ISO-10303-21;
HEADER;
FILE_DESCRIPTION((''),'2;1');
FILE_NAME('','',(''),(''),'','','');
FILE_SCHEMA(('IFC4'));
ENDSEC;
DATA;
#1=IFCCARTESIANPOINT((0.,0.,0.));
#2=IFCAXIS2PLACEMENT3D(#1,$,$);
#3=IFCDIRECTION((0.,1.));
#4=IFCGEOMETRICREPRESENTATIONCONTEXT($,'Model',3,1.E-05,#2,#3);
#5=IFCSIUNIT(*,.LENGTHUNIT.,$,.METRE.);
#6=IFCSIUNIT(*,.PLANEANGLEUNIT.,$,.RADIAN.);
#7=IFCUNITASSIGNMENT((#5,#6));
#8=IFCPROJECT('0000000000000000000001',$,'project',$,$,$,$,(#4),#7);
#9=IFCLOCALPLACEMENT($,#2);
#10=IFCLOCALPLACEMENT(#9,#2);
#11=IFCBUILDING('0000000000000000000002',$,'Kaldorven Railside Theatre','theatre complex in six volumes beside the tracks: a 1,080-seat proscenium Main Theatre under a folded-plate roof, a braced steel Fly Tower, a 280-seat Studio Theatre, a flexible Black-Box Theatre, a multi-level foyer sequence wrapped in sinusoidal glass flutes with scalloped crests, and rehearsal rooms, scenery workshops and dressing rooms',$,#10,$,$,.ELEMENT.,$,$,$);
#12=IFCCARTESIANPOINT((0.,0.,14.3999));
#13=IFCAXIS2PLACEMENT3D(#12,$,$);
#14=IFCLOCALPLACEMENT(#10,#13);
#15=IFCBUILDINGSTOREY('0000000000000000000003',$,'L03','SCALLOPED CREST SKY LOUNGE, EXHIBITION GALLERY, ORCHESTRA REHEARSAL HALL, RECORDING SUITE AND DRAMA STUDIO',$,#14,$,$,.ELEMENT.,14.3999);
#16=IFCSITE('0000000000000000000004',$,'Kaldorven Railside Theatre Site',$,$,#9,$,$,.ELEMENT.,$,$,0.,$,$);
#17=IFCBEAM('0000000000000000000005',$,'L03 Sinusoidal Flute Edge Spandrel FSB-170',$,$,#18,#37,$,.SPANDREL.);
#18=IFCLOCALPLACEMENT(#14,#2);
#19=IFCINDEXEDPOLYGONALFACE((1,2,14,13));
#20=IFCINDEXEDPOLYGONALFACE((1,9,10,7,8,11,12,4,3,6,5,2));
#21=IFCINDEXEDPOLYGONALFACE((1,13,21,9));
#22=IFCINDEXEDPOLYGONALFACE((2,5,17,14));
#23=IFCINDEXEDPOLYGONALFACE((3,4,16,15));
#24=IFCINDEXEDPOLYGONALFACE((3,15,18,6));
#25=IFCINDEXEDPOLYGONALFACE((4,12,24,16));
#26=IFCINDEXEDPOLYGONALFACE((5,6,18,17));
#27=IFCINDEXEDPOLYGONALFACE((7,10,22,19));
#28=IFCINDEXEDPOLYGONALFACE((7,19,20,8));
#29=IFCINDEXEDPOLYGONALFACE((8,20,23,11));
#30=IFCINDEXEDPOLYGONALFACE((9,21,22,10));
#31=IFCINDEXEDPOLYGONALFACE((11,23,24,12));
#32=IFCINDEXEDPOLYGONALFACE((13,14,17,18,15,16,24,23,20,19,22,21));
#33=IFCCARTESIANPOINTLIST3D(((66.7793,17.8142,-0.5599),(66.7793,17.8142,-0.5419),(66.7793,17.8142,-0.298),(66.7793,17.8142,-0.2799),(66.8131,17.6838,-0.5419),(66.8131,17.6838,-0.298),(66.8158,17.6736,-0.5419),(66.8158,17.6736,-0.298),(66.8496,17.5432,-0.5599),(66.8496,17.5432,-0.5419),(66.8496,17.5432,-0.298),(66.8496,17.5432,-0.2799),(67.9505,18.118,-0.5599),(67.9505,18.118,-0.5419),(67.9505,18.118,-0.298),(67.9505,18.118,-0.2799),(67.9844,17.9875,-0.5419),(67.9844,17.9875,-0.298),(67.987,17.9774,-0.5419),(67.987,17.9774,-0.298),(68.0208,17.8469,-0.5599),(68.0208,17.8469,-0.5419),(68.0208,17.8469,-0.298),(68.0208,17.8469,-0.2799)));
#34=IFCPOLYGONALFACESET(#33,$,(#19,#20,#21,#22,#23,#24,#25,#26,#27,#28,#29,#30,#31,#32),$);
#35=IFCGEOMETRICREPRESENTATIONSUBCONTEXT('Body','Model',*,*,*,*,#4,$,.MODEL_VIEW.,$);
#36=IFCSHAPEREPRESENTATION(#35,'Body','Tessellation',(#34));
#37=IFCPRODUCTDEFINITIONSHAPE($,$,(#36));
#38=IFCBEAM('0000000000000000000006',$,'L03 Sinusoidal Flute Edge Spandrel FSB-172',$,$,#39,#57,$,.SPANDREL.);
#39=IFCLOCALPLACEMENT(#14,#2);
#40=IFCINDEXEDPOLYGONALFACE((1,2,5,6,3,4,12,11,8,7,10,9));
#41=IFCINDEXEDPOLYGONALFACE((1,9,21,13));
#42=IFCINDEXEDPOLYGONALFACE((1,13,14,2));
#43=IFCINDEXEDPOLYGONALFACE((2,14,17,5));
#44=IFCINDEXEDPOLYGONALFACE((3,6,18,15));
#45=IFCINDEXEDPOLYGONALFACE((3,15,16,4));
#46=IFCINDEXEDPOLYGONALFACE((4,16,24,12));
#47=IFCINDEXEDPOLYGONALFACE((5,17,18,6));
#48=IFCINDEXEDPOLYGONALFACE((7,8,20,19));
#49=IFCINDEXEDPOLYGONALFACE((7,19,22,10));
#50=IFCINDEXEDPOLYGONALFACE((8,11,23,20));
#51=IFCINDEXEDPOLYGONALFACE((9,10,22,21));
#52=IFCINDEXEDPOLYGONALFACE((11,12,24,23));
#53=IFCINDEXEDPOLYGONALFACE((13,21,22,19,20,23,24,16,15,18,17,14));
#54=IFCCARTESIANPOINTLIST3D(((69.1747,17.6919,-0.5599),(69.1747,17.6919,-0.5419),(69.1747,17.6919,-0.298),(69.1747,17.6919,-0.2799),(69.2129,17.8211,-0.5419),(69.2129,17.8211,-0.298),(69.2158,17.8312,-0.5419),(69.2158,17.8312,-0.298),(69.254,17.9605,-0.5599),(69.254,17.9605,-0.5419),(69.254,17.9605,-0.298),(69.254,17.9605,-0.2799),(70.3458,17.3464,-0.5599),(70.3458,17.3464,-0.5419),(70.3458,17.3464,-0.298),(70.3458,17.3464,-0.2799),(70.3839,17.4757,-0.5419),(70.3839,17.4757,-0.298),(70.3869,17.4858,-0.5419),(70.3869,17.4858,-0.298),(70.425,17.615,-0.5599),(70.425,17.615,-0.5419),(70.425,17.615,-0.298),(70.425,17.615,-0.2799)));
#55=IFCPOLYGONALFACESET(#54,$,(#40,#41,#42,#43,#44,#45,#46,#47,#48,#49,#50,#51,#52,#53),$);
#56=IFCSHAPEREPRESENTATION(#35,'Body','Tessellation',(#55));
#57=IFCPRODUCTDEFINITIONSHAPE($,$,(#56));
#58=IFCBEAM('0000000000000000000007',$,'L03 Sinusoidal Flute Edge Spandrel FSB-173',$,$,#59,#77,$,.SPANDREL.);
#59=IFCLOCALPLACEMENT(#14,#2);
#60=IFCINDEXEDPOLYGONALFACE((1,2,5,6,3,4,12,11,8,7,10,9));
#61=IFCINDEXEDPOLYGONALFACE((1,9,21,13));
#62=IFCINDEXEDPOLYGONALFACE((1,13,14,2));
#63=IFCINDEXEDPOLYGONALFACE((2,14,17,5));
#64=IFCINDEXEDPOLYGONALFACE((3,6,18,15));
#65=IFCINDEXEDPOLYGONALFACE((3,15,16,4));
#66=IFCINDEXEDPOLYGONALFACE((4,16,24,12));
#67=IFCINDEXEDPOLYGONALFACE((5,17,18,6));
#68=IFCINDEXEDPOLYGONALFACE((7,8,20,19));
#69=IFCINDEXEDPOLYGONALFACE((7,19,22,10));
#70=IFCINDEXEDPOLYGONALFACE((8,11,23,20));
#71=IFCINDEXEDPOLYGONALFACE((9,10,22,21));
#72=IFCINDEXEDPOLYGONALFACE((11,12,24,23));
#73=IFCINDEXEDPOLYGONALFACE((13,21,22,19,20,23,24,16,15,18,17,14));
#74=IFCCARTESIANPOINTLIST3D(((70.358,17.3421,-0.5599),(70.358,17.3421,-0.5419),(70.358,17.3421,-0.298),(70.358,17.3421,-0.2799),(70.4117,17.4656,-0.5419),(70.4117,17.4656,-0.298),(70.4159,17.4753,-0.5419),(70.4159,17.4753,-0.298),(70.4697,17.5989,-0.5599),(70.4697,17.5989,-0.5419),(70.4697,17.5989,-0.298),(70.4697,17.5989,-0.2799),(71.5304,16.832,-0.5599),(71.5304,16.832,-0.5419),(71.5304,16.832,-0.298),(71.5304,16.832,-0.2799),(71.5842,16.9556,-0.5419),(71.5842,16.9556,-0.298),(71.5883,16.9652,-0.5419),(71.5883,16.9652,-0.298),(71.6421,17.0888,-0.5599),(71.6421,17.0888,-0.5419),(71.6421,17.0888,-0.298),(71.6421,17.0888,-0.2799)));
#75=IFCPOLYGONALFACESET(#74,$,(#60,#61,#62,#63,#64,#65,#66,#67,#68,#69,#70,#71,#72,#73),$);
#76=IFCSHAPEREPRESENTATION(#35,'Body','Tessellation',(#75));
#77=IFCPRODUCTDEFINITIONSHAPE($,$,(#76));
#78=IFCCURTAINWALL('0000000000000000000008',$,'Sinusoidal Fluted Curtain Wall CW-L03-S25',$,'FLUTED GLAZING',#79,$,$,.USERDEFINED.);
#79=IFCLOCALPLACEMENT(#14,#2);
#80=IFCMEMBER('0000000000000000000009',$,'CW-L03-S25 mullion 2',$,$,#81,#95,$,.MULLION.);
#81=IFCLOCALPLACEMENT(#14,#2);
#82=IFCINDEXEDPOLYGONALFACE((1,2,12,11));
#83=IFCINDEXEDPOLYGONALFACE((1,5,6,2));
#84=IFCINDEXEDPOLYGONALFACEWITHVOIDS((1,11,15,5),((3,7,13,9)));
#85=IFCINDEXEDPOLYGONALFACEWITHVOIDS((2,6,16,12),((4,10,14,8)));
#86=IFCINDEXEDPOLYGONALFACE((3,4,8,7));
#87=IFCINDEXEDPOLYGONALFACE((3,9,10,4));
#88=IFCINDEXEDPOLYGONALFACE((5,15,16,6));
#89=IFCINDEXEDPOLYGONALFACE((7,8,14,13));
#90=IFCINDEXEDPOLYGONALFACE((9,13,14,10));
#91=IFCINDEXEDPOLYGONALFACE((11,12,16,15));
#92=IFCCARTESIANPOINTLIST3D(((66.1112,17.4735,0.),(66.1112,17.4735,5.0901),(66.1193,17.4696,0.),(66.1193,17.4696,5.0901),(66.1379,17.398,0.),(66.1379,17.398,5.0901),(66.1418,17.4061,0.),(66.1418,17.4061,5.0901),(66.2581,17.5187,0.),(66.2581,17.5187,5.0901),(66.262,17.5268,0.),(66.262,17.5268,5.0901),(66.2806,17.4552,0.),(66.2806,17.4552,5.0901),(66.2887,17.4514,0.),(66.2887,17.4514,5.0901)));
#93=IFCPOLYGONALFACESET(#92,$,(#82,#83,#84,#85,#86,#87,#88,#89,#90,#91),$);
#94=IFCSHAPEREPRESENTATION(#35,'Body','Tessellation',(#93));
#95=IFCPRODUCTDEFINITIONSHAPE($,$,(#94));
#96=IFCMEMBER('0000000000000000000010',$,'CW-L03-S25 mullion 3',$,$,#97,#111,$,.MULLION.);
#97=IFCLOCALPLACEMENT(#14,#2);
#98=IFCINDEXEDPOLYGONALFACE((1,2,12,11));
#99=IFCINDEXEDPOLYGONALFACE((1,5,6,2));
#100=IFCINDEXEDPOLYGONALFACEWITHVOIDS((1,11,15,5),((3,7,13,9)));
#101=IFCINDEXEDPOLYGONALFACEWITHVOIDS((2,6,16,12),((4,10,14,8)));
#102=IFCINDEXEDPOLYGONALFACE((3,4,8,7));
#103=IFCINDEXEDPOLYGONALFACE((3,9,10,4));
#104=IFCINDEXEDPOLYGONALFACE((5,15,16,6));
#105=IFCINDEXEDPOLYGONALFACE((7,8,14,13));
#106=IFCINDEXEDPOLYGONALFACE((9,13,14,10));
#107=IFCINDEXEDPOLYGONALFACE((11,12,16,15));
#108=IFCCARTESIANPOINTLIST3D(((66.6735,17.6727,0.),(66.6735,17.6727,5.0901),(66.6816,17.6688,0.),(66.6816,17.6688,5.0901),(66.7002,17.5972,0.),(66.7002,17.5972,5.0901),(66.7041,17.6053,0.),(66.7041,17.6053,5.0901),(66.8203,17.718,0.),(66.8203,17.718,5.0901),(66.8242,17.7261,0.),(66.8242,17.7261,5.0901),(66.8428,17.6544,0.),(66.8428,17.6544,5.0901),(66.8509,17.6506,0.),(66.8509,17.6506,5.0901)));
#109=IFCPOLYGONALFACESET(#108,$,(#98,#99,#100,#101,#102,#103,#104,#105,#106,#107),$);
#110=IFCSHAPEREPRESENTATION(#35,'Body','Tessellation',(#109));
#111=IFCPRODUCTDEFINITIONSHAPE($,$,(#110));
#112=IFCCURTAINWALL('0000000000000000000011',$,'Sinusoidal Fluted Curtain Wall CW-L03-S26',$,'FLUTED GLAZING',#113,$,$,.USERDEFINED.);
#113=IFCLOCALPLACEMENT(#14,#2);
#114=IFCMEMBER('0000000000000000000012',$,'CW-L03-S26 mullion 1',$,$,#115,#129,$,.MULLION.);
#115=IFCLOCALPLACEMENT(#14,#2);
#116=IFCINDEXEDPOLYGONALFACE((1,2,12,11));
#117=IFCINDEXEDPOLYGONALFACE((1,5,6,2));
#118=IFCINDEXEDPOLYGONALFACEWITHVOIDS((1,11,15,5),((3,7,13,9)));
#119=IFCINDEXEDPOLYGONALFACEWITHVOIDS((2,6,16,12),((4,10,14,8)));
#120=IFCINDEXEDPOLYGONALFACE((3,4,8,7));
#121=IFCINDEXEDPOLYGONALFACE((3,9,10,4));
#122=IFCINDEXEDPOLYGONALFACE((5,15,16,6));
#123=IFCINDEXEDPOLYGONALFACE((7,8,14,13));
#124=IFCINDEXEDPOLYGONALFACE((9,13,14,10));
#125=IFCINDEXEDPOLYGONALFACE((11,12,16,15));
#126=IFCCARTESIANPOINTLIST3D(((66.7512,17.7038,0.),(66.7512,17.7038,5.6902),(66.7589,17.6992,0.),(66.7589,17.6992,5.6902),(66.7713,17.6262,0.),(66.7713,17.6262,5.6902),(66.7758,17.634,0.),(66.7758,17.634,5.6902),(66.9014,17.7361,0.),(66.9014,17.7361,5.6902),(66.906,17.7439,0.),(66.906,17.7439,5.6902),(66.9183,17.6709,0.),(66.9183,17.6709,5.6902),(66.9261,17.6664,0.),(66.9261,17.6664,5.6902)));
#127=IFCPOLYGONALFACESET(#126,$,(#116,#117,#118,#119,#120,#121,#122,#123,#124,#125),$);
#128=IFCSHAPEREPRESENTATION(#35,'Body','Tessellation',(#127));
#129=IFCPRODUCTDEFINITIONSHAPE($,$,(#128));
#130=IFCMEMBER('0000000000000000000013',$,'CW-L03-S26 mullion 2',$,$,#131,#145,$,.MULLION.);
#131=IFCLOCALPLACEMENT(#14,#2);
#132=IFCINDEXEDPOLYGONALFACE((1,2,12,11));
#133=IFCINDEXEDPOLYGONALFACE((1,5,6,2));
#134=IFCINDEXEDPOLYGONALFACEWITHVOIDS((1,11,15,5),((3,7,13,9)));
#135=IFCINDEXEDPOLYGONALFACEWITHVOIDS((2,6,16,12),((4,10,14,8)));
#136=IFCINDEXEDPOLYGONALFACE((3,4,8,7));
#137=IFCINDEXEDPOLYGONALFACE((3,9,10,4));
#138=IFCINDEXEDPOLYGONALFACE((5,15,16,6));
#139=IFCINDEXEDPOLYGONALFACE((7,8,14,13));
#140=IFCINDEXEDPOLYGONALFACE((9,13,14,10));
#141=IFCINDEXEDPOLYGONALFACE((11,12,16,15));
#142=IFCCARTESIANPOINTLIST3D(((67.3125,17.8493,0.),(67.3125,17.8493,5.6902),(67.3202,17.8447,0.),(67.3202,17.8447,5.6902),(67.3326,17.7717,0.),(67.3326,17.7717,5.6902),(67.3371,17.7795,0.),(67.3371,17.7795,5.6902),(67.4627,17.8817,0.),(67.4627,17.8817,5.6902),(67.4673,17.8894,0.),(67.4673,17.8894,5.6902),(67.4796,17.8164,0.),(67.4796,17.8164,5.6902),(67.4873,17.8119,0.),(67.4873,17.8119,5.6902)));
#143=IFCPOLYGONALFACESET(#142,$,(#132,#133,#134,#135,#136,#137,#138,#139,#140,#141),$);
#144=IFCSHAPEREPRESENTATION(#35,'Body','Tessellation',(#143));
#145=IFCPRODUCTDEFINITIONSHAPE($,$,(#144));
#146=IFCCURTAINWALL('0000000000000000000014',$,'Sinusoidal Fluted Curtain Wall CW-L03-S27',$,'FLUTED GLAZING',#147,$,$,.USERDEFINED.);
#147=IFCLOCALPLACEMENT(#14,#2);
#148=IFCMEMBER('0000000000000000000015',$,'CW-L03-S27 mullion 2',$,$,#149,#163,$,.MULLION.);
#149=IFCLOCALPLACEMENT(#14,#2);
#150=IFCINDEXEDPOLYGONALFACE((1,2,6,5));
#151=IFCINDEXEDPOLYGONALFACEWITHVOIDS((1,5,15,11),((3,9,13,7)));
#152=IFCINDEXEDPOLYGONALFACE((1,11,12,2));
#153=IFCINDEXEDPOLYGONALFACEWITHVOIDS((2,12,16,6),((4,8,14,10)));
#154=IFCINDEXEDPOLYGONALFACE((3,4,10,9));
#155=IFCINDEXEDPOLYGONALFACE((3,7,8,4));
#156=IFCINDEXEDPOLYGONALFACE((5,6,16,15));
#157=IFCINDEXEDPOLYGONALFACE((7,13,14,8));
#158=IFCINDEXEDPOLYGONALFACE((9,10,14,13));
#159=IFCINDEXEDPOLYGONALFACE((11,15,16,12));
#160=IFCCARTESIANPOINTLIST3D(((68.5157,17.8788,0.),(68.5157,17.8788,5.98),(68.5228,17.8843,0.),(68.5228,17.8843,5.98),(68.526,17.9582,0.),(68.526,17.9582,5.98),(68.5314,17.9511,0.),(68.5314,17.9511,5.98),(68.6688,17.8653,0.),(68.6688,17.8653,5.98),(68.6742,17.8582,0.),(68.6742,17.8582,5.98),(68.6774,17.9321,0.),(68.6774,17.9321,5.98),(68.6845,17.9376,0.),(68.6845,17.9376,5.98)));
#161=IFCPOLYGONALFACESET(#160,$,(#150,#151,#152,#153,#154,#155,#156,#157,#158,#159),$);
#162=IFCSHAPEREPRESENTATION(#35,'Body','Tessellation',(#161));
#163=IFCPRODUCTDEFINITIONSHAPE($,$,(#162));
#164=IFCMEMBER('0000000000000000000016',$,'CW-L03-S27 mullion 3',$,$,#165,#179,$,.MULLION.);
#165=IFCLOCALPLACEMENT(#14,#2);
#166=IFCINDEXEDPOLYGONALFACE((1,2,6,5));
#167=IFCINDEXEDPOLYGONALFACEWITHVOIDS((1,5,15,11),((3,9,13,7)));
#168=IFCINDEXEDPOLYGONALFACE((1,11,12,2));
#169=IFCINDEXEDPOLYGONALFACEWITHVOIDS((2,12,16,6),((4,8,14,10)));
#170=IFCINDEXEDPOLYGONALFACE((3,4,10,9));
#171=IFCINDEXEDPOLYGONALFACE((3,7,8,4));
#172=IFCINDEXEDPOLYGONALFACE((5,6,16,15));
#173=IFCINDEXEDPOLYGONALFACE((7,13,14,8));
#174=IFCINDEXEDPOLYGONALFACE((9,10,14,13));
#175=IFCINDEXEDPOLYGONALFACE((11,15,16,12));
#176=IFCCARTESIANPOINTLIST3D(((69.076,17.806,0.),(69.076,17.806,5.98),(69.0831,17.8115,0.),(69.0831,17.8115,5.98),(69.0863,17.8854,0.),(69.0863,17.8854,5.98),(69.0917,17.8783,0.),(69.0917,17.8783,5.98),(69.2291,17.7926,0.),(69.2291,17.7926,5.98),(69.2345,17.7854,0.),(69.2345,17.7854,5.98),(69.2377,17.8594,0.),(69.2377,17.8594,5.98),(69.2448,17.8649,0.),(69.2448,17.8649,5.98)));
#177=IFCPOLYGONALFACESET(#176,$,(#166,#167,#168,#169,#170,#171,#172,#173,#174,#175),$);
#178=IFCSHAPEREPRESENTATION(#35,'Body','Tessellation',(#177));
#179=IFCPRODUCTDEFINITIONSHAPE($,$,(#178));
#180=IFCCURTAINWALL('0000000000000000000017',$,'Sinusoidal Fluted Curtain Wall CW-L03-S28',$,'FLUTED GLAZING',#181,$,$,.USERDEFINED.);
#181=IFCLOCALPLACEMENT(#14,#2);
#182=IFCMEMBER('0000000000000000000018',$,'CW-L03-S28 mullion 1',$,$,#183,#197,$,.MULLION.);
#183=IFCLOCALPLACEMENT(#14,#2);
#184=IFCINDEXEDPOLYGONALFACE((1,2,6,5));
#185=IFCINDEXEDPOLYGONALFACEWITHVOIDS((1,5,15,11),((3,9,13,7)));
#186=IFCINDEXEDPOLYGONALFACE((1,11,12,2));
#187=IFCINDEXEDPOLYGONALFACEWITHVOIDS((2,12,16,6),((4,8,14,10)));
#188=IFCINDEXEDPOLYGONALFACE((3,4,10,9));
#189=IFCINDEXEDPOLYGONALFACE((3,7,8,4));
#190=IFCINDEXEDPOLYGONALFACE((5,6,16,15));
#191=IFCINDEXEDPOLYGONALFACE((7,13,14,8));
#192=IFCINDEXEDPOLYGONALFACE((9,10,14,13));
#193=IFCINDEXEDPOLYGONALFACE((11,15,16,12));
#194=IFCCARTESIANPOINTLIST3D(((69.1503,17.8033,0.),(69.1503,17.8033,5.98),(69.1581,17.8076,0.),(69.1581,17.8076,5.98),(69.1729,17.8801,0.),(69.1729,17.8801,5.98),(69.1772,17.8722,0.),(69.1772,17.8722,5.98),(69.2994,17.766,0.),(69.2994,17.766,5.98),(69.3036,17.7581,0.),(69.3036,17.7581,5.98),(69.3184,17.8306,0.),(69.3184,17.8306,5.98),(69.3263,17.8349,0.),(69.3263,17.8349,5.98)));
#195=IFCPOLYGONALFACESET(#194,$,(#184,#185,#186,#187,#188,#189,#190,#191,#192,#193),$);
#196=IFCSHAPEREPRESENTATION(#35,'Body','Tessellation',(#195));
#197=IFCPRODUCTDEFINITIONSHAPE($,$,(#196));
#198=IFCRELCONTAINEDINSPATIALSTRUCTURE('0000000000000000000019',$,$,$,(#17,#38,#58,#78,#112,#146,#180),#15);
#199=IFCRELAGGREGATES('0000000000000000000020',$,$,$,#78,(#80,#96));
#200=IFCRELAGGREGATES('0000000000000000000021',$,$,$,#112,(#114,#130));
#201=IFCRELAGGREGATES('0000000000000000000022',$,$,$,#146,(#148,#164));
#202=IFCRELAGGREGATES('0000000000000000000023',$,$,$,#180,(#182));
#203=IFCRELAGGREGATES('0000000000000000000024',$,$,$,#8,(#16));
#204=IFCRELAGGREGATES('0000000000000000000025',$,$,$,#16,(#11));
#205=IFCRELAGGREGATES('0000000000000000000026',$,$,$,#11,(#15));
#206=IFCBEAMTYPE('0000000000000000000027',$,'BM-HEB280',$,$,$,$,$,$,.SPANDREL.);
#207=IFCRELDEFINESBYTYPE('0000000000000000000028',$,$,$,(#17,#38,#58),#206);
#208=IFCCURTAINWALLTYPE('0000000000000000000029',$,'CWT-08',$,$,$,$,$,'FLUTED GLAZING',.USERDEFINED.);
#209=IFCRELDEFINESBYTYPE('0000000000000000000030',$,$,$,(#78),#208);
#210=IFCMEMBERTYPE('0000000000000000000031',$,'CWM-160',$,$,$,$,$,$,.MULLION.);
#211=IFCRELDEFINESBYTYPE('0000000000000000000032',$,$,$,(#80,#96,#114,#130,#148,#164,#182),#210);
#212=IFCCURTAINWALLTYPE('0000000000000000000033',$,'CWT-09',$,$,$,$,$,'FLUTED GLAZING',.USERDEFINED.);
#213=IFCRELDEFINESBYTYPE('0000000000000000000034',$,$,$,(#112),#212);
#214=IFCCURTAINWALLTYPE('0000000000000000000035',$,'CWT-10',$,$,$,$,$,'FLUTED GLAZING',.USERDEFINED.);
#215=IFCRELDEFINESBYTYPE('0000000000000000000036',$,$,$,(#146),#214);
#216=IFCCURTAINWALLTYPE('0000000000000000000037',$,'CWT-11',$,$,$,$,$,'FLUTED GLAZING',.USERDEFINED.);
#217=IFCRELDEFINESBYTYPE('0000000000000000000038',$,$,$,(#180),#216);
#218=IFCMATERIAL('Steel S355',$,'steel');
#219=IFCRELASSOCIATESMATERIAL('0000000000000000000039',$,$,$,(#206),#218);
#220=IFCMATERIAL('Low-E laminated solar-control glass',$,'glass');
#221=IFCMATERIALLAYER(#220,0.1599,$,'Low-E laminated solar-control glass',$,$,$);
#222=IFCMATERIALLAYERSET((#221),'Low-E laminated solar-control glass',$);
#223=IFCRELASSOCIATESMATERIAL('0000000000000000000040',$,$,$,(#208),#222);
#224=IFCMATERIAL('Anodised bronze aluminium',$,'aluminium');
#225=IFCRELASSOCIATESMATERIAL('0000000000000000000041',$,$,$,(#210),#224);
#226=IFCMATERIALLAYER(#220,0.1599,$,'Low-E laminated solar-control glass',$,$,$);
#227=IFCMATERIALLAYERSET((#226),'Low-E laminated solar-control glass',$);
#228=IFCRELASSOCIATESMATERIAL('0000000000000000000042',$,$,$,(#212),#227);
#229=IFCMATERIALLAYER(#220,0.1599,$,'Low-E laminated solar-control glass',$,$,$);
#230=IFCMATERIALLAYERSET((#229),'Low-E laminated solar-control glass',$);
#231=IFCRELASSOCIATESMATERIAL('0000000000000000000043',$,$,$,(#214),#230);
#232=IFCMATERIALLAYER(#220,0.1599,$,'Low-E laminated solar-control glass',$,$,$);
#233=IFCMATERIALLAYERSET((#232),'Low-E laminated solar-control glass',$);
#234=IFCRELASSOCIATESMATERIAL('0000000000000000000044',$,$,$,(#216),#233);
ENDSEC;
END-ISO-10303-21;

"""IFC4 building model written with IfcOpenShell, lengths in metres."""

from ifc_helpers import new_model, si_unit, direction, frame, origin, origin_2d, place, context, subcontext, project, spatial, hollow_rectangle, i_section, extrude, material, layer, layer_set, material_profile, profile_set, type_object, element, aggregate, save


model = new_model("IFC4")

# Units and contexts
model_context = context("Model", 3, precision=1e-05, world=origin(), true_north=direction((0.0, 1.0)))
body_context = subcontext(model_context, "Body", "Model", "MODEL_VIEW")
ifc_project = project(units=[si_unit("LENGTHUNIT", "METRE"), si_unit("PLANEANGLEUNIT", "RADIAN")], contexts=[model_context])

# Site, building, storey
site_placement = place(None, origin())
site = spatial("IfcSite", under=ifc_project, at=site_placement, Name="Kaldorven Railside Theatre Site", CompositionType="ELEMENT", RefElevation=0.0)
building_placement = place(site_placement, origin())
building = spatial("IfcBuilding", under=site, at=building_placement, Name="Kaldorven Railside Theatre", Description="theatre complex in six volumes beside the tracks: a 1,080-seat proscenium Main Theatre under a folded-plate roof, a braced steel Fly Tower, a 280-seat Studio Theatre, a flexible Black-Box Theatre, a multi-level foyer sequence wrapped in sinusoidal glass flutes with scalloped crests, and rehearsal rooms, scenery workshops and dressing rooms", CompositionType="ELEMENT")
storey_placement = place(building_placement, frame((0.0, 0.0, 14.3999)))
storey = spatial("IfcBuildingStorey", under=building, at=storey_placement, Name="L03", Description="SCALLOPED CREST SKY LOUNGE, EXHIBITION GALLERY, ORCHESTRA REHEARSAL HALL, RECORDING SUITE AND DRAMA STUDIO", CompositionType="ELEMENT", Elevation=14.3999)

# Beams
ifc_material_1 = material(Name="Steel S355", Category="steel")
ifc_material_profile_1 = material_profile(ifc_material_1, i_section(OverallWidth=0.28, OverallDepth=0.28, WebThickness=0.0105, FlangeThickness=0.0181, at=origin_2d()), Name="HEB 280")
ifc_profile_set_1 = profile_set([ifc_material_profile_1], Name="Steel S355")
beam_type = type_object("IfcBeamType", Name="BM-HEB280", PredefinedType="SPANDREL", material=ifc_profile_set_1)
beam_1_placement = place(storey_placement, frame((66.8145, 17.6787, -0.4199), z_axis=(0.967981, 0.251025, 0.0), x_axis=(-0.251025, 0.967981, 0.0)))
element("IfcBeam", 1, at=beam_1_placement, inside=storey, type_object=beam_type, Name="L03 Sinusoidal Flute Edge Spandrel FSB-170", PredefinedType="SPANDREL", context=body_context, shape_type="SweptSolid", body=[
    extrude(i_section(OverallWidth=0.28, OverallDepth=0.28, WebThickness=0.0105, FlangeThickness=0.0181, at=origin_2d()), origin(), (0.0, 0.0, 1.0), 1.21),
])
beam_2_placement = place(storey_placement, frame((69.2144, 17.8262, -0.4199), z_axis=(0.959142, -0.282924, 0.0), x_axis=(0.282924, 0.959142, 0.0)))
element("IfcBeam", 2, at=beam_2_placement, inside=storey, type_object=beam_type, Name="L03 Sinusoidal Flute Edge Spandrel FSB-172", PredefinedType="SPANDREL", context=body_context, shape_type="SweptSolid", body=[
    extrude(i_section(OverallWidth=0.28, OverallDepth=0.28, WebThickness=0.0105, FlangeThickness=0.0181, at=origin_2d()), origin(), (0.0, 0.0, 1.0), 1.2209),
])
beam_3_placement = place(storey_placement, frame((70.4138, 17.4705, -0.4199), z_axis=(0.916988, -0.398915, 0.0), x_axis=(0.398915, 0.916988, 0.0)))
element("IfcBeam", 3, at=beam_3_placement, inside=storey, type_object=beam_type, Name="L03 Sinusoidal Flute Edge Spandrel FSB-173", PredefinedType="SPANDREL", context=body_context, shape_type="SweptSolid", body=[
    extrude(i_section(OverallWidth=0.28, OverallDepth=0.28, WebThickness=0.0105, FlangeThickness=0.0181, at=origin_2d()), origin(), (0.0, 0.0, 1.0), 1.2786),
])

# Curtain walls, members
ifc_material_2 = material(Name="Low-E laminated solar-control glass", Category="glass")
ifc_layer_1 = layer(ifc_material_2, 0.1599, Name="Low-E laminated solar-control glass")
ifc_layer_set_1 = layer_set([ifc_layer_1], Name="Low-E laminated solar-control glass")
curtain_wall_type_1 = type_object("IfcCurtainWallType", Name="CWT-08", ElementType="FLUTED GLAZING", PredefinedType="USERDEFINED", material=ifc_layer_set_1)
curtain_wall_1_placement = place(storey_placement, origin())
curtain_wall_1 = element("IfcCurtainWall", 4, at=curtain_wall_1_placement, inside=storey, type_object=curtain_wall_type_1, Name="Sinusoidal Fluted Curtain Wall CW-L03-S25", ObjectType="FLUTED GLAZING", PredefinedType="USERDEFINED")
ifc_material_3 = material(Name="Anodised bronze aluminium", Category="aluminium")
ifc_material_profile_2 = material_profile(ifc_material_3, hollow_rectangle(XDim=0.0801, YDim=0.1599, WallThickness=0.0063, at=origin_2d()), Name="RHS 160x80x6.3")
ifc_profile_set_2 = profile_set([ifc_material_profile_2], Name="Anodised bronze aluminium")
member_type_1 = type_object("IfcMemberType", Name="CWM-160", PredefinedType="MULLION", material=ifc_profile_set_2)
member_1_placement = place(storey_placement, frame((66.2, 17.4624, 0.0), z_axis=(0.0, 0.0, 1.0), x_axis=(-0.333847, 0.942627, 0.0)))
member_1 = element("IfcMember", 5, at=member_1_placement, type_object=member_type_1, Name="CW-L03-S25 mullion 2", PredefinedType="MULLION", context=body_context, shape_type="SweptSolid", body=[
    extrude(hollow_rectangle(XDim=0.0801, YDim=0.1599, WallThickness=0.0063, at=origin_2d()), origin(), (0.0, 0.0, 1.0), 5.0901),
])
member_2_placement = place(storey_placement, frame((66.7622, 17.6616, 0.0), z_axis=(0.0, 0.0, 1.0), x_axis=(-0.333847, 0.942627, 0.0)))
member_2 = element("IfcMember", 6, at=member_2_placement, type_object=member_type_1, Name="CW-L03-S25 mullion 3", PredefinedType="MULLION", context=body_context, shape_type="SweptSolid", body=[
    extrude(hollow_rectangle(XDim=0.0801, YDim=0.1599, WallThickness=0.0063, at=origin_2d()), origin(), (0.0, 0.0, 1.0), 5.0901),
])
ifc_layer_2 = layer(ifc_material_2, 0.1599, Name="Low-E laminated solar-control glass")
ifc_layer_set_2 = layer_set([ifc_layer_2], Name="Low-E laminated solar-control glass")
curtain_wall_type_2 = type_object("IfcCurtainWallType", Name="CWT-09", ElementType="FLUTED GLAZING", PredefinedType="USERDEFINED", material=ifc_layer_set_2)
curtain_wall_2_placement = place(storey_placement, origin())
curtain_wall_2 = element("IfcCurtainWall", 7, at=curtain_wall_2_placement, inside=storey, type_object=curtain_wall_type_2, Name="Sinusoidal Fluted Curtain Wall CW-L03-S26", ObjectType="FLUTED GLAZING", PredefinedType="USERDEFINED")
member_3_placement = place(storey_placement, frame((66.8386, 17.6851, 0.0), z_axis=(0.0, 0.0, 1.0), x_axis=(-0.250954, 0.967999, 0.0)))
member_3 = element("IfcMember", 8, at=member_3_placement, type_object=member_type_1, Name="CW-L03-S26 mullion 1", PredefinedType="MULLION", context=body_context, shape_type="SweptSolid", body=[
    extrude(hollow_rectangle(XDim=0.0801, YDim=0.1599, WallThickness=0.0063, at=origin_2d()), origin(), (0.0, 0.0, 1.0), 5.6902),
])
member_4_placement = place(storey_placement, frame((67.3999, 17.8306, 0.0), z_axis=(0.0, 0.0, 1.0), x_axis=(-0.250954, 0.967999, 0.0)))
member_4 = element("IfcMember", 9, at=member_4_placement, type_object=member_type_1, Name="CW-L03-S26 mullion 2", PredefinedType="MULLION", context=body_context, shape_type="SweptSolid", body=[
    extrude(hollow_rectangle(XDim=0.0801, YDim=0.1599, WallThickness=0.0063, at=origin_2d()), origin(), (0.0, 0.0, 1.0), 5.6902),
])
ifc_layer_3 = layer(ifc_material_2, 0.1599, Name="Low-E laminated solar-control glass")
ifc_layer_set_3 = layer_set([ifc_layer_3], Name="Low-E laminated solar-control glass")
curtain_wall_type_3 = type_object("IfcCurtainWallType", Name="CWT-10", ElementType="FLUTED GLAZING", PredefinedType="USERDEFINED", material=ifc_layer_set_3)
curtain_wall_3_placement = place(storey_placement, origin())
curtain_wall_3 = element("IfcCurtainWall", 10, at=curtain_wall_3_placement, inside=storey, type_object=curtain_wall_type_3, Name="Sinusoidal Fluted Curtain Wall CW-L03-S27", ObjectType="FLUTED GLAZING", PredefinedType="USERDEFINED")
member_5_placement = place(storey_placement, frame((68.6001, 17.9082, 0.0), z_axis=(0.0, 0.0, 1.0), x_axis=(0.128753, 0.991677, 0.0)))
member_5 = element("IfcMember", 11, at=member_5_placement, type_object=member_type_1, Name="CW-L03-S27 mullion 2", PredefinedType="MULLION", context=body_context, shape_type="SweptSolid", body=[
    extrude(hollow_rectangle(XDim=0.0801, YDim=0.1599, WallThickness=0.0063, at=origin_2d()), origin(), (0.0, 0.0, 1.0), 5.98),
])
member_6_placement = place(storey_placement, frame((69.1604, 17.8354, 0.0), z_axis=(0.0, 0.0, 1.0), x_axis=(0.128753, 0.991677, 0.0)))
member_6 = element("IfcMember", 12, at=member_6_placement, type_object=member_type_1, Name="CW-L03-S27 mullion 3", PredefinedType="MULLION", context=body_context, shape_type="SweptSolid", body=[
    extrude(hollow_rectangle(XDim=0.0801, YDim=0.1599, WallThickness=0.0063, at=origin_2d()), origin(), (0.0, 0.0, 1.0), 5.98),
])
ifc_layer_4 = layer(ifc_material_2, 0.1599, Name="Low-E laminated solar-control glass")
ifc_layer_set_4 = layer_set([ifc_layer_4], Name="Low-E laminated solar-control glass")
curtain_wall_type_4 = type_object("IfcCurtainWallType", Name="CWT-11", ElementType="FLUTED GLAZING", PredefinedType="USERDEFINED", material=ifc_layer_set_4)
curtain_wall_4_placement = place(storey_placement, origin())
curtain_wall_4 = element("IfcCurtainWall", 13, at=curtain_wall_4_placement, inside=storey, type_object=curtain_wall_type_4, Name="Sinusoidal Fluted Curtain Wall CW-L03-S28", ObjectType="FLUTED GLAZING", PredefinedType="USERDEFINED")
member_7_placement = place(storey_placement, frame((69.2383, 17.8191, 0.0), z_axis=(0.0, 0.0, 1.0), x_axis=(0.282872, 0.959158, 0.0)))
member_7 = element("IfcMember", 14, at=member_7_placement, type_object=member_type_1, Name="CW-L03-S28 mullion 1", PredefinedType="MULLION", context=body_context, shape_type="SweptSolid", body=[
    extrude(hollow_rectangle(XDim=0.0801, YDim=0.1599, WallThickness=0.0063, at=origin_2d()), origin(), (0.0, 0.0, 1.0), 5.98),
])

aggregate(curtain_wall_1, [member_1, member_2])
aggregate(curtain_wall_2, [member_3, member_4])
aggregate(curtain_wall_3, [member_5, member_6])
aggregate(curtain_wall_4, [member_7])

save(model, "model.ifc")
